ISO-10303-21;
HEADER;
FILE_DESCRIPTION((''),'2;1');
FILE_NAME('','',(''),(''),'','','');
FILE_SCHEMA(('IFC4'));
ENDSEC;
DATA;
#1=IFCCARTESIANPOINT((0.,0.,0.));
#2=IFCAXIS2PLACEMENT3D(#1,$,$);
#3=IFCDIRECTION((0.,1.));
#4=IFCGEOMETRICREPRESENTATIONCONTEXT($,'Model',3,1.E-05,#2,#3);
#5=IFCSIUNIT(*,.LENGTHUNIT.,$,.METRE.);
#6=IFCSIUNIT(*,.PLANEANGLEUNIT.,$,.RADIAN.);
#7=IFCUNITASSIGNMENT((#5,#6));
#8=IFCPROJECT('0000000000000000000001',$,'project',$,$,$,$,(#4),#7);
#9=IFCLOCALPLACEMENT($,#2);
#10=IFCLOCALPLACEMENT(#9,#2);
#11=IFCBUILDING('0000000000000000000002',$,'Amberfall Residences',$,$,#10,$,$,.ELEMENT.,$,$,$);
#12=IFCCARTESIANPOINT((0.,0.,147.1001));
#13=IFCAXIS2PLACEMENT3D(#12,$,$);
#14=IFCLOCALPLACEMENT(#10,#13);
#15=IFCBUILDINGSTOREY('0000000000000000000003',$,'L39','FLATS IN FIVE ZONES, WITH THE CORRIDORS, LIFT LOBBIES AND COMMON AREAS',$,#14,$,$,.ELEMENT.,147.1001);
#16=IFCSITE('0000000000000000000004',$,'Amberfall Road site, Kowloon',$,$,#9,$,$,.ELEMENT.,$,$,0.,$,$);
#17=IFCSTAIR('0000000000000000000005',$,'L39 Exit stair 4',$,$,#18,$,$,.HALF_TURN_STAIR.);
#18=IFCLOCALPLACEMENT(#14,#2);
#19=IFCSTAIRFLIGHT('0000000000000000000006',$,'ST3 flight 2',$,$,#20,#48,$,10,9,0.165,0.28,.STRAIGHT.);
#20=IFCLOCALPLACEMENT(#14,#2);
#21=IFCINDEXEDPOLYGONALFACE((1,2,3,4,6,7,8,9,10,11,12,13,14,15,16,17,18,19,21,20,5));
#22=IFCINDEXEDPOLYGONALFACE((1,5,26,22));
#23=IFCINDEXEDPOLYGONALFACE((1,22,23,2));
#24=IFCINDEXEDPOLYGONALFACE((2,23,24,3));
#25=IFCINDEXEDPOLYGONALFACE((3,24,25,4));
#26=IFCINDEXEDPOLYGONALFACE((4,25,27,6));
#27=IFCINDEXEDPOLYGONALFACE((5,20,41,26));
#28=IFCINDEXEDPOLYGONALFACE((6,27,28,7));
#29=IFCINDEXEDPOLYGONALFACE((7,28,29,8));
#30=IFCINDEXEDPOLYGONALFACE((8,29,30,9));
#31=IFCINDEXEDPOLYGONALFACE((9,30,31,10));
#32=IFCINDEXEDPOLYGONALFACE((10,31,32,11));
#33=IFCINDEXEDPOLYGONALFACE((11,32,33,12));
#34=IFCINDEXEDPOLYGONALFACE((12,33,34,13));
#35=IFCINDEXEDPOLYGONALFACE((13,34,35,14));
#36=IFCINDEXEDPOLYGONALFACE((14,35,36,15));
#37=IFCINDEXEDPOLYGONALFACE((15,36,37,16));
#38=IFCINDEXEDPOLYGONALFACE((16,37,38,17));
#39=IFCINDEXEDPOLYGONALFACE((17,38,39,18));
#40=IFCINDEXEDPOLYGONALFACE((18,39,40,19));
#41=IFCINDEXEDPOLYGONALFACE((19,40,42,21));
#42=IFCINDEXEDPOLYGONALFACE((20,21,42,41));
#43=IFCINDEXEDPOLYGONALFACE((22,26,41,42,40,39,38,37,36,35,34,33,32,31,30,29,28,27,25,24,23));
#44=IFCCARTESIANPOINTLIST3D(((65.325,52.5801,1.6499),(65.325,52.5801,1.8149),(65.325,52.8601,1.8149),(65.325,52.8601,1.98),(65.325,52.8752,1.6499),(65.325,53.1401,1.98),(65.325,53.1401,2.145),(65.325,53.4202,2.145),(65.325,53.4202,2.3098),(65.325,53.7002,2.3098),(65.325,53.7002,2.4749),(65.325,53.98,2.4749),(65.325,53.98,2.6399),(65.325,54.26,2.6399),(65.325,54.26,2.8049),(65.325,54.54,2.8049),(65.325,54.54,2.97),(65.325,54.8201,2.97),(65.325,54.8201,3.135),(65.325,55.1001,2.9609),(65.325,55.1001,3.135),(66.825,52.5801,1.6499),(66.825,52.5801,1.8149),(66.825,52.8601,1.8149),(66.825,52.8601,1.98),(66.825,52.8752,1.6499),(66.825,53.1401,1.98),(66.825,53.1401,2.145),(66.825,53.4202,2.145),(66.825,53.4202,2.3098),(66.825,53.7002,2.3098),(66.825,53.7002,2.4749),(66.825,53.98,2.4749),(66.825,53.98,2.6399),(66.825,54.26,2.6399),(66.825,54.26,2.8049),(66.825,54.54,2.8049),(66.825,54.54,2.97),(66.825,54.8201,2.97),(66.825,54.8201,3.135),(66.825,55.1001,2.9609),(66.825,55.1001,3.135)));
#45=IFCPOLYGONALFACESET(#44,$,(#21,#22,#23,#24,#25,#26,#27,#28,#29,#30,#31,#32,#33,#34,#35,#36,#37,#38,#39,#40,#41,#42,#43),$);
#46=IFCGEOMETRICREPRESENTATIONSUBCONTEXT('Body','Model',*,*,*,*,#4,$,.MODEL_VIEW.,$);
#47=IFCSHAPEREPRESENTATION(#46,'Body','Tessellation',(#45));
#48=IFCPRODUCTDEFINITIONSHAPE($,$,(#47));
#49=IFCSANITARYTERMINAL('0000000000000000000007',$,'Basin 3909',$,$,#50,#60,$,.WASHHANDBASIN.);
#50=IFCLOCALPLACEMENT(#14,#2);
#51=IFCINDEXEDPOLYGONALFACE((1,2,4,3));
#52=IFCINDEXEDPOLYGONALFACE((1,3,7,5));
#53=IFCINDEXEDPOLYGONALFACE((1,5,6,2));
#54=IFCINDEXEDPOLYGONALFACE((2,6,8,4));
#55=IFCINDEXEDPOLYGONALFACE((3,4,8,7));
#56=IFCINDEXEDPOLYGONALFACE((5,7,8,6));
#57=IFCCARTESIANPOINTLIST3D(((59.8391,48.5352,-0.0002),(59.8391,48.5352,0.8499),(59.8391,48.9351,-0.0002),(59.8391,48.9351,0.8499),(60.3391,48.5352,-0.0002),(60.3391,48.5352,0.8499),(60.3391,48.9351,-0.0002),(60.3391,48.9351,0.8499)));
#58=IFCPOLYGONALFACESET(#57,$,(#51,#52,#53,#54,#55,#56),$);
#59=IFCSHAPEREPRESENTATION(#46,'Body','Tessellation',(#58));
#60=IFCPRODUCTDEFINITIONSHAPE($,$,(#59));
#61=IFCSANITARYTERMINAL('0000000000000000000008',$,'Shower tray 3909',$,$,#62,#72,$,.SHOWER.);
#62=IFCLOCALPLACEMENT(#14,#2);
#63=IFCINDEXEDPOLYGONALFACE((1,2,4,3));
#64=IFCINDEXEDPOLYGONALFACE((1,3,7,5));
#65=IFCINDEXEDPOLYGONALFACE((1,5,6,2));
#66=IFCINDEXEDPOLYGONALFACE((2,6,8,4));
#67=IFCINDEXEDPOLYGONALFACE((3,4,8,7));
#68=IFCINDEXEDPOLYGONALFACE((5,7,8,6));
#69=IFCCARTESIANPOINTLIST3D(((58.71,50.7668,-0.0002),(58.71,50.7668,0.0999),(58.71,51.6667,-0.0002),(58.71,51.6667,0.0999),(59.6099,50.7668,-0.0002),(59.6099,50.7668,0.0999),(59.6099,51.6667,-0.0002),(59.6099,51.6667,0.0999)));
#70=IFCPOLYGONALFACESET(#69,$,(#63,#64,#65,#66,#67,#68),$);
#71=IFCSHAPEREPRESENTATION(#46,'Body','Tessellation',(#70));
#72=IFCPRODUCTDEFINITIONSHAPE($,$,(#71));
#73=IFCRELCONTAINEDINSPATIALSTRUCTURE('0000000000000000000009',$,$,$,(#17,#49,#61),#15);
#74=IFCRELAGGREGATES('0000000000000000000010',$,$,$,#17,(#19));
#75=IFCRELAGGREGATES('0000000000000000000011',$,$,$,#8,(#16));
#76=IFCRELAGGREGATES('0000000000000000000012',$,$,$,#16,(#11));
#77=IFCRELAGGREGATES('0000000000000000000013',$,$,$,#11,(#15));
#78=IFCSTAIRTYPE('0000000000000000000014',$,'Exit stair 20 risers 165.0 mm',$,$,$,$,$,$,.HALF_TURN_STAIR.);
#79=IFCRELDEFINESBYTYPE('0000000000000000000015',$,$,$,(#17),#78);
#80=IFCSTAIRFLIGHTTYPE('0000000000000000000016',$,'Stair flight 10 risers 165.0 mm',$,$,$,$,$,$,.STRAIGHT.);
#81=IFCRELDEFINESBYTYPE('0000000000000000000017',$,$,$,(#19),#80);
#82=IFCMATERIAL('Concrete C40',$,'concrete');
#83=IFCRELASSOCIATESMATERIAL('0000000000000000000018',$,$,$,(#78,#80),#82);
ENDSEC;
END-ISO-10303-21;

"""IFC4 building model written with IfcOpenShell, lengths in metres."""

from ifc_helpers import new_model, si_unit, direction, frame, origin, origin_2d, place, context, subcontext, project, spatial, polyline, rectangle, outline, extrude, material, type_object, element, aggregate, save


model = new_model("IFC4")

# Units and contexts
model_context = context("Model", 3, precision=1e-05, world=origin(), true_north=direction((0.0, 1.0)))
body_context = subcontext(model_context, "Body", "Model", "MODEL_VIEW")
ifc_project = project(units=[si_unit("LENGTHUNIT", "METRE"), si_unit("PLANEANGLEUNIT", "RADIAN")], contexts=[model_context])

# Site, building, storey
site_placement = place(None, origin())
site = spatial("IfcSite", under=ifc_project, at=site_placement, Name="Amberfall Road site, Kowloon", CompositionType="ELEMENT", RefElevation=0.0)
building_placement = place(site_placement, origin())
building = spatial("IfcBuilding", under=site, at=building_placement, Name="Amberfall Residences", CompositionType="ELEMENT")
storey_placement = place(building_placement, frame((0.0, 0.0, 147.1001)))
storey = spatial("IfcBuildingStorey", under=building, at=storey_placement, Name="L39", Description="FLATS IN FIVE ZONES, WITH THE CORRIDORS, LIFT LOBBIES AND COMMON AREAS", CompositionType="ELEMENT", Elevation=147.1001)

# Stair, stair flight
ifc_material_1 = material(Name="Concrete C40", Category="concrete")
stair_type = type_object("IfcStairType", Name="Exit stair 20 risers 165.0 mm", PredefinedType="HALF_TURN_STAIR", material=ifc_material_1)
stair_placement = place(storey_placement, origin())
stair = element("IfcStair", 1, at=stair_placement, inside=storey, type_object=stair_type, Name="L39 Exit stair 4", PredefinedType="HALF_TURN_STAIR")
stair_flight_type = type_object("IfcStairFlightType", Name="Stair flight 10 risers 165.0 mm", PredefinedType="STRAIGHT", material=ifc_material_1)
stair_flight_placement = place(storey_placement, frame((66.075, 52.5801, 1.6499), z_axis=(0.0, 0.0, 1.0), x_axis=(0.0, 1.0, 0.0)))
stair_flight = element("IfcStairFlight", 2, at=stair_flight_placement, type_object=stair_flight_type, Name="ST3 flight 2", NumberOfRisers=10, NumberOfTreads=9, PredefinedType="STRAIGHT", RiserHeight=0.165, TreadLength=0.28, context=body_context, shape_type="SweptSolid", body=[
    extrude(outline(polyline([(0.0, 0.0), (0.0, 0.165), (0.28, 0.165), (0.28, 0.3301), (0.5601, 0.3301), (0.5601, 0.4951), (0.8401, 0.4951), (0.8401, 0.6599), (1.1201, 0.6599), (1.1201, 0.825), (1.3999, 0.825), (1.3999, 0.99), (1.6799, 0.99), (1.6799, 1.155), (1.96, 1.155), (1.96, 1.3201), (2.24, 1.3201), (2.24, 1.4851), (2.52, 1.4851), (2.52, 1.6499), (2.52, 1.311), (0.2952, 0.0), (0.0, 0.0)])), frame((0.0, 0.75, 0.0), z_axis=(0.0, -1.0, 0.0), x_axis=(1.0, 0.0, 0.0)), (0.0, 0.0, 1.0), 1.5),
])
aggregate(stair, [stair_flight])

# Sanitary terminals
sanitary_terminal_1_placement = place(storey_placement, frame((60.0891, 48.7351, -0.0002), z_axis=(0.0, 0.0, 1.0), x_axis=(1.0, 0.0, 0.0)))
element("IfcSanitaryTerminal", 3, at=sanitary_terminal_1_placement, inside=storey, Name="Basin 3909", PredefinedType="WASHHANDBASIN", context=body_context, shape_type="SweptSolid", body=[
    extrude(rectangle(XDim=0.5, YDim=0.3999, at=origin_2d()), origin(), (0.0, 0.0, 1.0), 0.8501),
])
sanitary_terminal_2_placement = place(storey_placement, frame((59.1599, 51.2168, -0.0002), z_axis=(0.0, 0.0, 1.0), x_axis=(1.0, 0.0, 0.0)))
element("IfcSanitaryTerminal", 4, at=sanitary_terminal_2_placement, inside=storey, Name="Shower tray 3909", PredefinedType="SHOWER", context=body_context, shape_type="SweptSolid", body=[
    extrude(rectangle(XDim=0.8999, YDim=0.8999, at=origin_2d()), origin(), (0.0, 0.0, 1.0), 0.1001),
])

save(model, "model.ifc")
